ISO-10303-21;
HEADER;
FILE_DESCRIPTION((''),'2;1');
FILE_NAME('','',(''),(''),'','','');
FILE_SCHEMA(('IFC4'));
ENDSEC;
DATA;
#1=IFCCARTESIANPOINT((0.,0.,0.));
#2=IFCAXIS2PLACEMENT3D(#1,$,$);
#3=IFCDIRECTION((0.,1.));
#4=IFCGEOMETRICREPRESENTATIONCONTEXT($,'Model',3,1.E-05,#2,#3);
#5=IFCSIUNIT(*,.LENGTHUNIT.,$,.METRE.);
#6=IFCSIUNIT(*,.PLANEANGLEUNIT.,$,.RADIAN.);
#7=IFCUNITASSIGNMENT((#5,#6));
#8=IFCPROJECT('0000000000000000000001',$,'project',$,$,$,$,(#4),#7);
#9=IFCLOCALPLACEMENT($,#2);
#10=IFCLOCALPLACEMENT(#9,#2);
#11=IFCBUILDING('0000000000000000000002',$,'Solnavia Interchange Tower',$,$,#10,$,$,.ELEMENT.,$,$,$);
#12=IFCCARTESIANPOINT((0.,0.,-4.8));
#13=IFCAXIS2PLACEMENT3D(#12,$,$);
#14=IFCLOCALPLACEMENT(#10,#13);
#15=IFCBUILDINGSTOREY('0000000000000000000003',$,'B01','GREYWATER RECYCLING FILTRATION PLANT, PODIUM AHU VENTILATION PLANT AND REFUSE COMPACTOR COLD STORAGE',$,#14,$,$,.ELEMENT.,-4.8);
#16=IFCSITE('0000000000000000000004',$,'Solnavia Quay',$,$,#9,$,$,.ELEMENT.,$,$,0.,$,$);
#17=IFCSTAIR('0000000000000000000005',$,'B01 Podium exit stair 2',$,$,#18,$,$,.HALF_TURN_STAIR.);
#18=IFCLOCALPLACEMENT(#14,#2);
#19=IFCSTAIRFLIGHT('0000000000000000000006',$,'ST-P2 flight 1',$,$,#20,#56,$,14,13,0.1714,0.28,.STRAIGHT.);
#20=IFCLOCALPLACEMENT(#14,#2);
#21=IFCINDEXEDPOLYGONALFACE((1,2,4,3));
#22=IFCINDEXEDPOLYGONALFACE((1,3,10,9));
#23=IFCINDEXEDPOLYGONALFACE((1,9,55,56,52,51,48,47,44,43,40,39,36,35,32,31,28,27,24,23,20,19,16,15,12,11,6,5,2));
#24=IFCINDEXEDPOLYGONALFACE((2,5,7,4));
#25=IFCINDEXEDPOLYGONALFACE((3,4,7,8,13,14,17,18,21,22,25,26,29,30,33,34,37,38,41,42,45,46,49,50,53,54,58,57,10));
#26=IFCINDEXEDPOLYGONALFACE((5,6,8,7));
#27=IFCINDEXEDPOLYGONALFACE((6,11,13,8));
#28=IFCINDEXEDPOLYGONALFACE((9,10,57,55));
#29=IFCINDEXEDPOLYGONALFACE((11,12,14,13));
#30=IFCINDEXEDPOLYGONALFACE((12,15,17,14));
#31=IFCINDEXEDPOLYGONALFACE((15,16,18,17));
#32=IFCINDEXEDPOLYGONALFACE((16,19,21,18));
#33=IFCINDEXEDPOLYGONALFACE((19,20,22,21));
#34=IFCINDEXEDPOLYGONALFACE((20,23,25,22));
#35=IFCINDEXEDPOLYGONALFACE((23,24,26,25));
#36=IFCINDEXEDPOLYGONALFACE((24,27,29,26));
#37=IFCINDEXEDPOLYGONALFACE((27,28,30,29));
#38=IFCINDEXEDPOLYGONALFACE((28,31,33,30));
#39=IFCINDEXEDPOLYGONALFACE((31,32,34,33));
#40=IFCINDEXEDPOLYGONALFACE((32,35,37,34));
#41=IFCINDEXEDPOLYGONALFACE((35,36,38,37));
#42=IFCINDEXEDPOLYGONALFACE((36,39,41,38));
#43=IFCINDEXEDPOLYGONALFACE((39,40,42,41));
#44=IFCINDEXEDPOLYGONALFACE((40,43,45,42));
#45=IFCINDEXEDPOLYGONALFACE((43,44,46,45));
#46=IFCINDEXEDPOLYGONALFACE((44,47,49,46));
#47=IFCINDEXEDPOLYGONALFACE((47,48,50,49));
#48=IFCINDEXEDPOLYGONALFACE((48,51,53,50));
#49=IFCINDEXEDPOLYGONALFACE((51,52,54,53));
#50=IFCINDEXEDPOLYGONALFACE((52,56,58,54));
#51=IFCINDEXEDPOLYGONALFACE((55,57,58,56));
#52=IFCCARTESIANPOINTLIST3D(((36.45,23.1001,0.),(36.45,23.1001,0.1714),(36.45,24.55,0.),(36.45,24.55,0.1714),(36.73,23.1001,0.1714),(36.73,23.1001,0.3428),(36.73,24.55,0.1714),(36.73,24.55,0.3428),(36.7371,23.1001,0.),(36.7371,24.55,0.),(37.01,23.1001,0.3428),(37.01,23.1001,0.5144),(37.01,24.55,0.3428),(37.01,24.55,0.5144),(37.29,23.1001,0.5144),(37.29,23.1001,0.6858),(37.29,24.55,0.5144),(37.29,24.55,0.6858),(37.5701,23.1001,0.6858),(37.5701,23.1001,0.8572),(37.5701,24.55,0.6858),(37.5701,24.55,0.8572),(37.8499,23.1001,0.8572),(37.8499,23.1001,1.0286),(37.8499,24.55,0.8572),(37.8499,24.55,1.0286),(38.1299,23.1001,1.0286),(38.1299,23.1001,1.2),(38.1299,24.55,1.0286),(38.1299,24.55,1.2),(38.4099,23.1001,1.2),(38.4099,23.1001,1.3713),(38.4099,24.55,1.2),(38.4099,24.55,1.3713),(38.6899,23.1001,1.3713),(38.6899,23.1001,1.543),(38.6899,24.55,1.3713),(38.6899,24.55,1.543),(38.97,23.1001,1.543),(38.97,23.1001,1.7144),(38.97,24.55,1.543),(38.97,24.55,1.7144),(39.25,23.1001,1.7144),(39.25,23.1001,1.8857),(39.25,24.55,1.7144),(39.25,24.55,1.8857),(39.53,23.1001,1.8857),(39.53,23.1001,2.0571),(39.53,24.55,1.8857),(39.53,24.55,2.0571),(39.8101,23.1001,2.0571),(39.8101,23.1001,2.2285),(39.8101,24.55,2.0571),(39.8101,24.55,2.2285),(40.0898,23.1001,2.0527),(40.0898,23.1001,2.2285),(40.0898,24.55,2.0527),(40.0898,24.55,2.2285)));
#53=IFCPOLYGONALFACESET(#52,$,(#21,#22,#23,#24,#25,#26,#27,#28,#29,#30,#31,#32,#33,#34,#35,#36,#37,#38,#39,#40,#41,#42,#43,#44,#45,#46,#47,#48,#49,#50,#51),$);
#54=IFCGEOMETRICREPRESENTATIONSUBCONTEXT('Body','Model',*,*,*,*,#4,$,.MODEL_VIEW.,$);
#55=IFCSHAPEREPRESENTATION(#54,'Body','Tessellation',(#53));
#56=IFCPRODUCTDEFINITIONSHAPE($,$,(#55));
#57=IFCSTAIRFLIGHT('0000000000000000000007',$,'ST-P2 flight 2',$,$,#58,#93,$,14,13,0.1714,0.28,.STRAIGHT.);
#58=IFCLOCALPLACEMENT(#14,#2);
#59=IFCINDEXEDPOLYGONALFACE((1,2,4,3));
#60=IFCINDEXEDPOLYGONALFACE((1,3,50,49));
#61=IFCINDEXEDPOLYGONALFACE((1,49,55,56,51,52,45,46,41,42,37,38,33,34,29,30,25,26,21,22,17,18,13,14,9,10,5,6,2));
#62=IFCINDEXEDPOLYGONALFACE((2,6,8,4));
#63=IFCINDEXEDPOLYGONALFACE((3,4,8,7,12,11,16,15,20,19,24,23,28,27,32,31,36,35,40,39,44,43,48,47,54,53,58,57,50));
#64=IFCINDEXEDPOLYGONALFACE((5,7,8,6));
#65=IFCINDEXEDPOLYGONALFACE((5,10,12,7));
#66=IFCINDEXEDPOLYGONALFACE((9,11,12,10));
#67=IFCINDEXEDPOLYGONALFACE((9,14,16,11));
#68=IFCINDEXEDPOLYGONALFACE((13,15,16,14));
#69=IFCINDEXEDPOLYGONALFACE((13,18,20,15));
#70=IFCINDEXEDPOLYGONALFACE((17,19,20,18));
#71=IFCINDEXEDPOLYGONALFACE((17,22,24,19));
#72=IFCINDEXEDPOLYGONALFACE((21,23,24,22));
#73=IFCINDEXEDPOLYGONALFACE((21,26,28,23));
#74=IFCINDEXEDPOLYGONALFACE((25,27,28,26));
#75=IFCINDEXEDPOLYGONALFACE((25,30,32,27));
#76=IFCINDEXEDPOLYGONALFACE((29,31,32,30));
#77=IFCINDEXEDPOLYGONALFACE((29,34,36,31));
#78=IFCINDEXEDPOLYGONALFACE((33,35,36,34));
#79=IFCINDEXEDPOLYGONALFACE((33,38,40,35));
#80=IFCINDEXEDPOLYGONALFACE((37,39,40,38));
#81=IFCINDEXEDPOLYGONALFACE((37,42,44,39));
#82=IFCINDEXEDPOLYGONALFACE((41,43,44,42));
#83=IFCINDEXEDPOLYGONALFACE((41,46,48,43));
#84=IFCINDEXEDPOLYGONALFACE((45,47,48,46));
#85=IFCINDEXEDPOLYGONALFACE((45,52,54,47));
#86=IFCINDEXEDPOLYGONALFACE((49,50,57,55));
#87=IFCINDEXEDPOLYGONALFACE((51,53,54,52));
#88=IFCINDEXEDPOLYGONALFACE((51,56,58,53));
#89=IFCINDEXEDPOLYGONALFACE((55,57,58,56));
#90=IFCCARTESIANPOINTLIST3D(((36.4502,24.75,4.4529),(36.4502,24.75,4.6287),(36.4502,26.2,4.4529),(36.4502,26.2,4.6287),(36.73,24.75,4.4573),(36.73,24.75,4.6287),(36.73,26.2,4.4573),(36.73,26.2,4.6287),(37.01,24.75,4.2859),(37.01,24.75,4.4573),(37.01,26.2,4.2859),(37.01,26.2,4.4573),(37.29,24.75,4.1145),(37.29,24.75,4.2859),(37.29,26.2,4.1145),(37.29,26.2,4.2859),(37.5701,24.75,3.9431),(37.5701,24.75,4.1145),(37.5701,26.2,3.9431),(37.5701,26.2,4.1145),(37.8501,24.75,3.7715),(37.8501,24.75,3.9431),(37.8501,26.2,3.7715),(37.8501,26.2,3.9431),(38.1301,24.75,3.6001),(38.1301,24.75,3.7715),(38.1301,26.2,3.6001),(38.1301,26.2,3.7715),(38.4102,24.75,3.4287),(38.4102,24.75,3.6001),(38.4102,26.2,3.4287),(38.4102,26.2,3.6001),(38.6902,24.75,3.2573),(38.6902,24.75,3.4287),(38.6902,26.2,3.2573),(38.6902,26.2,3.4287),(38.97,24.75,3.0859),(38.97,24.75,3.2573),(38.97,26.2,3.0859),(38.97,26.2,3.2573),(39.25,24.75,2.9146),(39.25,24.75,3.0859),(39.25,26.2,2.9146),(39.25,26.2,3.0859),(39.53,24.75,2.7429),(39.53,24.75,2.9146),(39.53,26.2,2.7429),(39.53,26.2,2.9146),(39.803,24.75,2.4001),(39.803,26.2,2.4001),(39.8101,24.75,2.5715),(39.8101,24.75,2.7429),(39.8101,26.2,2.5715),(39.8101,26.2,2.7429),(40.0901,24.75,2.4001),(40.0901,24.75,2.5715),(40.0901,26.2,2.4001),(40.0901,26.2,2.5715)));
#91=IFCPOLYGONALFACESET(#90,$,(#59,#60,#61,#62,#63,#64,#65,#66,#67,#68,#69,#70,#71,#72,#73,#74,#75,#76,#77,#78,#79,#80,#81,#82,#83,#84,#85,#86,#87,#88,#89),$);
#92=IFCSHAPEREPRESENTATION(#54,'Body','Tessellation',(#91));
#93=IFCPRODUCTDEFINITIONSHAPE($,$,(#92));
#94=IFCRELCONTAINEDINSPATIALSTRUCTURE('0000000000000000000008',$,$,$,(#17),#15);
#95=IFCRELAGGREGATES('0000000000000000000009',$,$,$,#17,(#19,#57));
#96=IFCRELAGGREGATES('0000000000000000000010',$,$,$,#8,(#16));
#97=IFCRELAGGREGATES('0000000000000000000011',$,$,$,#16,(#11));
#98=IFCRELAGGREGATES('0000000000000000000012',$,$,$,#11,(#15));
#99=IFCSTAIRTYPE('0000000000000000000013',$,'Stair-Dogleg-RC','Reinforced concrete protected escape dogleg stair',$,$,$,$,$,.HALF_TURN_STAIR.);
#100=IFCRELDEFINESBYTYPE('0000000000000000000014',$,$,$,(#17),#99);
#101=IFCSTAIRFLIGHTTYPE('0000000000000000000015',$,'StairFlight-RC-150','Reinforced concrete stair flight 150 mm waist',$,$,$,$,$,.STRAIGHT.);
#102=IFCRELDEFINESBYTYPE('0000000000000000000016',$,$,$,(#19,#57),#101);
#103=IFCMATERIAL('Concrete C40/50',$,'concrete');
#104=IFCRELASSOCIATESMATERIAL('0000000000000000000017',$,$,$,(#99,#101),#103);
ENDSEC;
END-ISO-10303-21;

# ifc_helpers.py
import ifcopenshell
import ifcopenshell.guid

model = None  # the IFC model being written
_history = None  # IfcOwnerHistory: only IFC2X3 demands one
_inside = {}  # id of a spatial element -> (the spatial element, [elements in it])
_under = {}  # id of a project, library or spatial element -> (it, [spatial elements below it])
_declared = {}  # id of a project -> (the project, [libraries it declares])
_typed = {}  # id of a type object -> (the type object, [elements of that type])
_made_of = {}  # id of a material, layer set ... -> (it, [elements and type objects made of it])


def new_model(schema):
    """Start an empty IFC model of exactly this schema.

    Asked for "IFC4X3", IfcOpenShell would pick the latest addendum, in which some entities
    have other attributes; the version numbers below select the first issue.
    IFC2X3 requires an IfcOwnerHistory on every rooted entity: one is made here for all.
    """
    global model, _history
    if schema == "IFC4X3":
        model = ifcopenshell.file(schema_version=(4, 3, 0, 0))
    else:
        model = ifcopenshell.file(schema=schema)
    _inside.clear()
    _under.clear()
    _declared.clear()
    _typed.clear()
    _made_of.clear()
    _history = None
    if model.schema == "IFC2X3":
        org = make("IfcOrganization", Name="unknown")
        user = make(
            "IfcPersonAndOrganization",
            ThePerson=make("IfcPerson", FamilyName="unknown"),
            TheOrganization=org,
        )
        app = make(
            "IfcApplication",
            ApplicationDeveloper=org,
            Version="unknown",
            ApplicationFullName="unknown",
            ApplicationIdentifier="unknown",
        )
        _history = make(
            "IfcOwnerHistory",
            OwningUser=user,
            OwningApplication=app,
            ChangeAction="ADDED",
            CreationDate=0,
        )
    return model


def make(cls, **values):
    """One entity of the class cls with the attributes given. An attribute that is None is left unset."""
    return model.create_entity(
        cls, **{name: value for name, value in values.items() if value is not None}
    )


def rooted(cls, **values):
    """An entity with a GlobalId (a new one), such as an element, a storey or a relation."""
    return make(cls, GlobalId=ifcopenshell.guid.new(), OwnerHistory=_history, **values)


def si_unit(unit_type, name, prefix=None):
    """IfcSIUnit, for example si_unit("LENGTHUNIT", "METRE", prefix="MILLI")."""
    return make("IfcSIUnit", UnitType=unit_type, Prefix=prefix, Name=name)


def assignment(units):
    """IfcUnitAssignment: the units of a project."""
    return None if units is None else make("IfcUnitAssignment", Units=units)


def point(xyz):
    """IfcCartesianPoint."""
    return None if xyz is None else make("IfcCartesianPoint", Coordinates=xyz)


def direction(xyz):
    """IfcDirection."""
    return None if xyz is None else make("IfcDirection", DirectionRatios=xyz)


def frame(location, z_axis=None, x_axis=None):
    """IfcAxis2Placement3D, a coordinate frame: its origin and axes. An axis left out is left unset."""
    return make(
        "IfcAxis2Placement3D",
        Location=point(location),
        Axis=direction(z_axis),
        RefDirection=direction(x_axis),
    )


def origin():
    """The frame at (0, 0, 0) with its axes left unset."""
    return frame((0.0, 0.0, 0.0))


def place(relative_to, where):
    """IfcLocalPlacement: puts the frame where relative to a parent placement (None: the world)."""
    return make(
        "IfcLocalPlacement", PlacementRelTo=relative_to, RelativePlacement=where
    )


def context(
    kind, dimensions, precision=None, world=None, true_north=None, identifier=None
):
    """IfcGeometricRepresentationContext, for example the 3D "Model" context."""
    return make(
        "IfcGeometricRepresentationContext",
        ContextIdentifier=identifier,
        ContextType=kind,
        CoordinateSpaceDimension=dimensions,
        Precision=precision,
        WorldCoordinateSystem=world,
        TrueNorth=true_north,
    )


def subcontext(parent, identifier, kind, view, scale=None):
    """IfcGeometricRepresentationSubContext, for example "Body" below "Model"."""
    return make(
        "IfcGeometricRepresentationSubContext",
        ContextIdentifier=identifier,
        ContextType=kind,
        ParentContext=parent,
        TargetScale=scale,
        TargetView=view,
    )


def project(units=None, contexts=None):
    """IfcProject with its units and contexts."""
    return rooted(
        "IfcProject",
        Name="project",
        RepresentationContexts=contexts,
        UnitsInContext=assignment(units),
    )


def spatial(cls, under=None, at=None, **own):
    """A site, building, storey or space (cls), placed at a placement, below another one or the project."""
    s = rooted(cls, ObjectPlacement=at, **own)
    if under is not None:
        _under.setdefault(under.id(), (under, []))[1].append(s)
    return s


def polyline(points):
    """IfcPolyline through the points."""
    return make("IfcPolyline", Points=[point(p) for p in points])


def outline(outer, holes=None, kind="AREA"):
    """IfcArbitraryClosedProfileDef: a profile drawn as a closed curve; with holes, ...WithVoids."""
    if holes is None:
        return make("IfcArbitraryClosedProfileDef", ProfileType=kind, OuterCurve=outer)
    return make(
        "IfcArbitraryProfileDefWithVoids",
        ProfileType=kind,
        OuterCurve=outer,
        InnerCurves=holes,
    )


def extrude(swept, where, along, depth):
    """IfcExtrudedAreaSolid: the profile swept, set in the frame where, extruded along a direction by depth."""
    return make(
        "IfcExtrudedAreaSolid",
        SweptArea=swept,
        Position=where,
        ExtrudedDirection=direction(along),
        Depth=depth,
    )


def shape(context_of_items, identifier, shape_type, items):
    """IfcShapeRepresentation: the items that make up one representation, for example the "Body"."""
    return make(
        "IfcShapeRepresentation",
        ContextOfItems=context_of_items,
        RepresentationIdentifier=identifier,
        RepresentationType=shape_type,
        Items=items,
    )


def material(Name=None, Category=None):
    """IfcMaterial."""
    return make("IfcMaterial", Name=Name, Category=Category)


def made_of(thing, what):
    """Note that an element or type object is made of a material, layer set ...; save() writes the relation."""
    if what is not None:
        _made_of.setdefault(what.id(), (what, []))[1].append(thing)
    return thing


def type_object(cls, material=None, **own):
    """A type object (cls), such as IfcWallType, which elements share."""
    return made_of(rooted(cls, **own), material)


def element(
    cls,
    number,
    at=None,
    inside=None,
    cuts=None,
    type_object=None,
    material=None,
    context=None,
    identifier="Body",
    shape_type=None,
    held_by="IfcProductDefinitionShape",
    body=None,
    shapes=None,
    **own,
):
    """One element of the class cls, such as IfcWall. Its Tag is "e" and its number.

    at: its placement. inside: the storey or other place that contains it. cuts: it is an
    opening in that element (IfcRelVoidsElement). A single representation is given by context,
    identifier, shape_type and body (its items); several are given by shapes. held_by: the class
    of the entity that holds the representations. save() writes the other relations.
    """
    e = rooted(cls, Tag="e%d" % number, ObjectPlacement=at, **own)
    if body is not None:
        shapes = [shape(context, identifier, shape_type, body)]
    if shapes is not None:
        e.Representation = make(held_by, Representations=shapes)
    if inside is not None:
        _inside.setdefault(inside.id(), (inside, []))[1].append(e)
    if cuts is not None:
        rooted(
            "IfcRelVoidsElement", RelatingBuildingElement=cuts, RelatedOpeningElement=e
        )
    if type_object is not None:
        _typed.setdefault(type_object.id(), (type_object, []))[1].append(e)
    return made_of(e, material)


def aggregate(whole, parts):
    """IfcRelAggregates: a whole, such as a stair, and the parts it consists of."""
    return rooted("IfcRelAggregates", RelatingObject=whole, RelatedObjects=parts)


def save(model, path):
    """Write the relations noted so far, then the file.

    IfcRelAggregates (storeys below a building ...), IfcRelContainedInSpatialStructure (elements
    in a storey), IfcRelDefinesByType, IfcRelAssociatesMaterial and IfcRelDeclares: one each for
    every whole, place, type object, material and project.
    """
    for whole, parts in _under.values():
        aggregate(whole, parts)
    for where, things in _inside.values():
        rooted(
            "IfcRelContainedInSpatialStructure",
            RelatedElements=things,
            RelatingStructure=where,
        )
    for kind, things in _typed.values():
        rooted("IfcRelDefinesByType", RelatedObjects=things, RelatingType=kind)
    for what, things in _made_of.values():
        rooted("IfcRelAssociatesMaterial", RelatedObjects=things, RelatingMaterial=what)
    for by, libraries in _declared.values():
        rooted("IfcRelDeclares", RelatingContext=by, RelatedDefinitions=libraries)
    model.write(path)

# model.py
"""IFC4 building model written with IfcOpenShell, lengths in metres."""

from ifc_helpers import new_model, si_unit, direction, frame, origin, place, context, subcontext, project, spatial, polyline, outline, extrude, material, type_object, element, aggregate, save


model = new_model("IFC4")

# Units and contexts
model_context = context("Model", 3, precision=1e-05, world=origin(), true_north=direction((0.0, 1.0)))
body_context = subcontext(model_context, "Body", "Model", "MODEL_VIEW")
ifc_project = project(units=[si_unit("LENGTHUNIT", "METRE"), si_unit("PLANEANGLEUNIT", "RADIAN")], contexts=[model_context])

# Site, building, storey
site_placement = place(None, origin())
site = spatial("IfcSite", under=ifc_project, at=site_placement, Name="Solnavia Quay", CompositionType="ELEMENT", RefElevation=0.0)
building_placement = place(site_placement, origin())
building = spatial("IfcBuilding", under=site, at=building_placement, Name="Solnavia Interchange Tower", CompositionType="ELEMENT")
storey_placement = place(building_placement, frame((0.0, 0.0, -4.8)))
storey = spatial("IfcBuildingStorey", under=building, at=storey_placement, Name="B01", Description="GREYWATER RECYCLING FILTRATION PLANT, PODIUM AHU VENTILATION PLANT AND REFUSE COMPACTOR COLD STORAGE", CompositionType="ELEMENT", Elevation=-4.8)

# Shared definitions
ifc_material_1 = material(Name="Concrete C40/50", Category="concrete")

# Stair, stair flights
stair_type = type_object("IfcStairType", Name="Stair-Dogleg-RC", Description="Reinforced concrete protected escape dogleg stair", PredefinedType="HALF_TURN_STAIR", material=ifc_material_1)
stair_placement = place(storey_placement, origin())
stair = element("IfcStair", 1, at=stair_placement, inside=storey, type_object=stair_type, Name="B01 Podium exit stair 2", PredefinedType="HALF_TURN_STAIR")
stair_flight_type = type_object("IfcStairFlightType", Name="StairFlight-RC-150", Description="Reinforced concrete stair flight 150 mm waist", PredefinedType="STRAIGHT", material=ifc_material_1)
stair_flight_1_placement = place(storey_placement, frame((36.45, 23.825, 0.0), z_axis=(0.0, 0.0, 1.0), x_axis=(1.0, 0.0, 0.0)))
stair_flight_1 = element("IfcStairFlight", 2, at=stair_flight_1_placement, type_object=stair_flight_type, Name="ST-P2 flight 1", NumberOfRisers=14, NumberOfTreads=13, PredefinedType="STRAIGHT", RiserHeight=0.1714, TreadLength=0.28, context=body_context, shape_type="SweptSolid", body=[
    extrude(outline(polyline([(0.0, 0.0), (0.0, 0.1714), (0.28, 0.1714), (0.28, 0.3428), (0.5601, 0.3428), (0.5601, 0.5144), (0.8401, 0.5144), (0.8401, 0.6858), (1.1201, 0.6858), (1.1201, 0.8572), (1.3999, 0.8572), (1.3999, 1.0286), (1.6799, 1.0286), (1.6799, 1.2), (1.96, 1.2), (1.96, 1.3713), (2.24, 1.3713), (2.24, 1.543), (2.52, 1.543), (2.52, 1.7144), (2.8, 1.7144), (2.8, 1.8857), (3.0801, 1.8857), (3.0801, 2.0571), (3.3601, 2.0571), (3.3601, 2.2285), (3.6399, 2.2285), (3.6399, 2.3999), (3.6399, 2.0527), (0.2871, 0.0), (0.0, 0.0)])), frame((0.0, 0.7251, 0.0), z_axis=(0.0, -1.0, 0.0), x_axis=(1.0, 0.0, 0.0)), (0.0, 0.0, 1.0), 1.45),
])
stair_flight_2_placement = place(storey_placement, frame((40.0901, 25.4751, 2.4001), z_axis=(0.0, 0.0, 1.0), x_axis=(-1.0, 0.0, 0.0)))
stair_flight_2 = element("IfcStairFlight", 3, at=stair_flight_2_placement, type_object=stair_flight_type, Name="ST-P2 flight 2", NumberOfRisers=14, NumberOfTreads=13, PredefinedType="STRAIGHT", RiserHeight=0.1714, TreadLength=0.28, context=body_context, shape_type="SweptSolid", body=[
    extrude(outline(polyline([(0.0, 0.0), (0.0, 0.1714), (0.28, 0.1714), (0.28, 0.3428), (0.5601, 0.3428), (0.5601, 0.5144), (0.8401, 0.5144), (0.8401, 0.6858), (1.1201, 0.6858), (1.1201, 0.8572), (1.3999, 0.8572), (1.3999, 1.0286), (1.6799, 1.0286), (1.6799, 1.2), (1.96, 1.2), (1.96, 1.3713), (2.24, 1.3713), (2.24, 1.543), (2.52, 1.543), (2.52, 1.7144), (2.8, 1.7144), (2.8, 1.8857), (3.0801, 1.8857), (3.0801, 2.0571), (3.3601, 2.0571), (3.3601, 2.2285), (3.6399, 2.2285), (3.6399, 2.3999), (3.6399, 2.0527), (0.2871, 0.0), (0.0, 0.0)])), frame((0.0, 0.7251, 0.0), z_axis=(0.0, -1.0, 0.0), x_axis=(1.0, 0.0, 0.0)), (0.0, 0.0, 1.0), 1.45),
])
aggregate(stair, [stair_flight_1, stair_flight_2])

save(model, "model.ifc")
